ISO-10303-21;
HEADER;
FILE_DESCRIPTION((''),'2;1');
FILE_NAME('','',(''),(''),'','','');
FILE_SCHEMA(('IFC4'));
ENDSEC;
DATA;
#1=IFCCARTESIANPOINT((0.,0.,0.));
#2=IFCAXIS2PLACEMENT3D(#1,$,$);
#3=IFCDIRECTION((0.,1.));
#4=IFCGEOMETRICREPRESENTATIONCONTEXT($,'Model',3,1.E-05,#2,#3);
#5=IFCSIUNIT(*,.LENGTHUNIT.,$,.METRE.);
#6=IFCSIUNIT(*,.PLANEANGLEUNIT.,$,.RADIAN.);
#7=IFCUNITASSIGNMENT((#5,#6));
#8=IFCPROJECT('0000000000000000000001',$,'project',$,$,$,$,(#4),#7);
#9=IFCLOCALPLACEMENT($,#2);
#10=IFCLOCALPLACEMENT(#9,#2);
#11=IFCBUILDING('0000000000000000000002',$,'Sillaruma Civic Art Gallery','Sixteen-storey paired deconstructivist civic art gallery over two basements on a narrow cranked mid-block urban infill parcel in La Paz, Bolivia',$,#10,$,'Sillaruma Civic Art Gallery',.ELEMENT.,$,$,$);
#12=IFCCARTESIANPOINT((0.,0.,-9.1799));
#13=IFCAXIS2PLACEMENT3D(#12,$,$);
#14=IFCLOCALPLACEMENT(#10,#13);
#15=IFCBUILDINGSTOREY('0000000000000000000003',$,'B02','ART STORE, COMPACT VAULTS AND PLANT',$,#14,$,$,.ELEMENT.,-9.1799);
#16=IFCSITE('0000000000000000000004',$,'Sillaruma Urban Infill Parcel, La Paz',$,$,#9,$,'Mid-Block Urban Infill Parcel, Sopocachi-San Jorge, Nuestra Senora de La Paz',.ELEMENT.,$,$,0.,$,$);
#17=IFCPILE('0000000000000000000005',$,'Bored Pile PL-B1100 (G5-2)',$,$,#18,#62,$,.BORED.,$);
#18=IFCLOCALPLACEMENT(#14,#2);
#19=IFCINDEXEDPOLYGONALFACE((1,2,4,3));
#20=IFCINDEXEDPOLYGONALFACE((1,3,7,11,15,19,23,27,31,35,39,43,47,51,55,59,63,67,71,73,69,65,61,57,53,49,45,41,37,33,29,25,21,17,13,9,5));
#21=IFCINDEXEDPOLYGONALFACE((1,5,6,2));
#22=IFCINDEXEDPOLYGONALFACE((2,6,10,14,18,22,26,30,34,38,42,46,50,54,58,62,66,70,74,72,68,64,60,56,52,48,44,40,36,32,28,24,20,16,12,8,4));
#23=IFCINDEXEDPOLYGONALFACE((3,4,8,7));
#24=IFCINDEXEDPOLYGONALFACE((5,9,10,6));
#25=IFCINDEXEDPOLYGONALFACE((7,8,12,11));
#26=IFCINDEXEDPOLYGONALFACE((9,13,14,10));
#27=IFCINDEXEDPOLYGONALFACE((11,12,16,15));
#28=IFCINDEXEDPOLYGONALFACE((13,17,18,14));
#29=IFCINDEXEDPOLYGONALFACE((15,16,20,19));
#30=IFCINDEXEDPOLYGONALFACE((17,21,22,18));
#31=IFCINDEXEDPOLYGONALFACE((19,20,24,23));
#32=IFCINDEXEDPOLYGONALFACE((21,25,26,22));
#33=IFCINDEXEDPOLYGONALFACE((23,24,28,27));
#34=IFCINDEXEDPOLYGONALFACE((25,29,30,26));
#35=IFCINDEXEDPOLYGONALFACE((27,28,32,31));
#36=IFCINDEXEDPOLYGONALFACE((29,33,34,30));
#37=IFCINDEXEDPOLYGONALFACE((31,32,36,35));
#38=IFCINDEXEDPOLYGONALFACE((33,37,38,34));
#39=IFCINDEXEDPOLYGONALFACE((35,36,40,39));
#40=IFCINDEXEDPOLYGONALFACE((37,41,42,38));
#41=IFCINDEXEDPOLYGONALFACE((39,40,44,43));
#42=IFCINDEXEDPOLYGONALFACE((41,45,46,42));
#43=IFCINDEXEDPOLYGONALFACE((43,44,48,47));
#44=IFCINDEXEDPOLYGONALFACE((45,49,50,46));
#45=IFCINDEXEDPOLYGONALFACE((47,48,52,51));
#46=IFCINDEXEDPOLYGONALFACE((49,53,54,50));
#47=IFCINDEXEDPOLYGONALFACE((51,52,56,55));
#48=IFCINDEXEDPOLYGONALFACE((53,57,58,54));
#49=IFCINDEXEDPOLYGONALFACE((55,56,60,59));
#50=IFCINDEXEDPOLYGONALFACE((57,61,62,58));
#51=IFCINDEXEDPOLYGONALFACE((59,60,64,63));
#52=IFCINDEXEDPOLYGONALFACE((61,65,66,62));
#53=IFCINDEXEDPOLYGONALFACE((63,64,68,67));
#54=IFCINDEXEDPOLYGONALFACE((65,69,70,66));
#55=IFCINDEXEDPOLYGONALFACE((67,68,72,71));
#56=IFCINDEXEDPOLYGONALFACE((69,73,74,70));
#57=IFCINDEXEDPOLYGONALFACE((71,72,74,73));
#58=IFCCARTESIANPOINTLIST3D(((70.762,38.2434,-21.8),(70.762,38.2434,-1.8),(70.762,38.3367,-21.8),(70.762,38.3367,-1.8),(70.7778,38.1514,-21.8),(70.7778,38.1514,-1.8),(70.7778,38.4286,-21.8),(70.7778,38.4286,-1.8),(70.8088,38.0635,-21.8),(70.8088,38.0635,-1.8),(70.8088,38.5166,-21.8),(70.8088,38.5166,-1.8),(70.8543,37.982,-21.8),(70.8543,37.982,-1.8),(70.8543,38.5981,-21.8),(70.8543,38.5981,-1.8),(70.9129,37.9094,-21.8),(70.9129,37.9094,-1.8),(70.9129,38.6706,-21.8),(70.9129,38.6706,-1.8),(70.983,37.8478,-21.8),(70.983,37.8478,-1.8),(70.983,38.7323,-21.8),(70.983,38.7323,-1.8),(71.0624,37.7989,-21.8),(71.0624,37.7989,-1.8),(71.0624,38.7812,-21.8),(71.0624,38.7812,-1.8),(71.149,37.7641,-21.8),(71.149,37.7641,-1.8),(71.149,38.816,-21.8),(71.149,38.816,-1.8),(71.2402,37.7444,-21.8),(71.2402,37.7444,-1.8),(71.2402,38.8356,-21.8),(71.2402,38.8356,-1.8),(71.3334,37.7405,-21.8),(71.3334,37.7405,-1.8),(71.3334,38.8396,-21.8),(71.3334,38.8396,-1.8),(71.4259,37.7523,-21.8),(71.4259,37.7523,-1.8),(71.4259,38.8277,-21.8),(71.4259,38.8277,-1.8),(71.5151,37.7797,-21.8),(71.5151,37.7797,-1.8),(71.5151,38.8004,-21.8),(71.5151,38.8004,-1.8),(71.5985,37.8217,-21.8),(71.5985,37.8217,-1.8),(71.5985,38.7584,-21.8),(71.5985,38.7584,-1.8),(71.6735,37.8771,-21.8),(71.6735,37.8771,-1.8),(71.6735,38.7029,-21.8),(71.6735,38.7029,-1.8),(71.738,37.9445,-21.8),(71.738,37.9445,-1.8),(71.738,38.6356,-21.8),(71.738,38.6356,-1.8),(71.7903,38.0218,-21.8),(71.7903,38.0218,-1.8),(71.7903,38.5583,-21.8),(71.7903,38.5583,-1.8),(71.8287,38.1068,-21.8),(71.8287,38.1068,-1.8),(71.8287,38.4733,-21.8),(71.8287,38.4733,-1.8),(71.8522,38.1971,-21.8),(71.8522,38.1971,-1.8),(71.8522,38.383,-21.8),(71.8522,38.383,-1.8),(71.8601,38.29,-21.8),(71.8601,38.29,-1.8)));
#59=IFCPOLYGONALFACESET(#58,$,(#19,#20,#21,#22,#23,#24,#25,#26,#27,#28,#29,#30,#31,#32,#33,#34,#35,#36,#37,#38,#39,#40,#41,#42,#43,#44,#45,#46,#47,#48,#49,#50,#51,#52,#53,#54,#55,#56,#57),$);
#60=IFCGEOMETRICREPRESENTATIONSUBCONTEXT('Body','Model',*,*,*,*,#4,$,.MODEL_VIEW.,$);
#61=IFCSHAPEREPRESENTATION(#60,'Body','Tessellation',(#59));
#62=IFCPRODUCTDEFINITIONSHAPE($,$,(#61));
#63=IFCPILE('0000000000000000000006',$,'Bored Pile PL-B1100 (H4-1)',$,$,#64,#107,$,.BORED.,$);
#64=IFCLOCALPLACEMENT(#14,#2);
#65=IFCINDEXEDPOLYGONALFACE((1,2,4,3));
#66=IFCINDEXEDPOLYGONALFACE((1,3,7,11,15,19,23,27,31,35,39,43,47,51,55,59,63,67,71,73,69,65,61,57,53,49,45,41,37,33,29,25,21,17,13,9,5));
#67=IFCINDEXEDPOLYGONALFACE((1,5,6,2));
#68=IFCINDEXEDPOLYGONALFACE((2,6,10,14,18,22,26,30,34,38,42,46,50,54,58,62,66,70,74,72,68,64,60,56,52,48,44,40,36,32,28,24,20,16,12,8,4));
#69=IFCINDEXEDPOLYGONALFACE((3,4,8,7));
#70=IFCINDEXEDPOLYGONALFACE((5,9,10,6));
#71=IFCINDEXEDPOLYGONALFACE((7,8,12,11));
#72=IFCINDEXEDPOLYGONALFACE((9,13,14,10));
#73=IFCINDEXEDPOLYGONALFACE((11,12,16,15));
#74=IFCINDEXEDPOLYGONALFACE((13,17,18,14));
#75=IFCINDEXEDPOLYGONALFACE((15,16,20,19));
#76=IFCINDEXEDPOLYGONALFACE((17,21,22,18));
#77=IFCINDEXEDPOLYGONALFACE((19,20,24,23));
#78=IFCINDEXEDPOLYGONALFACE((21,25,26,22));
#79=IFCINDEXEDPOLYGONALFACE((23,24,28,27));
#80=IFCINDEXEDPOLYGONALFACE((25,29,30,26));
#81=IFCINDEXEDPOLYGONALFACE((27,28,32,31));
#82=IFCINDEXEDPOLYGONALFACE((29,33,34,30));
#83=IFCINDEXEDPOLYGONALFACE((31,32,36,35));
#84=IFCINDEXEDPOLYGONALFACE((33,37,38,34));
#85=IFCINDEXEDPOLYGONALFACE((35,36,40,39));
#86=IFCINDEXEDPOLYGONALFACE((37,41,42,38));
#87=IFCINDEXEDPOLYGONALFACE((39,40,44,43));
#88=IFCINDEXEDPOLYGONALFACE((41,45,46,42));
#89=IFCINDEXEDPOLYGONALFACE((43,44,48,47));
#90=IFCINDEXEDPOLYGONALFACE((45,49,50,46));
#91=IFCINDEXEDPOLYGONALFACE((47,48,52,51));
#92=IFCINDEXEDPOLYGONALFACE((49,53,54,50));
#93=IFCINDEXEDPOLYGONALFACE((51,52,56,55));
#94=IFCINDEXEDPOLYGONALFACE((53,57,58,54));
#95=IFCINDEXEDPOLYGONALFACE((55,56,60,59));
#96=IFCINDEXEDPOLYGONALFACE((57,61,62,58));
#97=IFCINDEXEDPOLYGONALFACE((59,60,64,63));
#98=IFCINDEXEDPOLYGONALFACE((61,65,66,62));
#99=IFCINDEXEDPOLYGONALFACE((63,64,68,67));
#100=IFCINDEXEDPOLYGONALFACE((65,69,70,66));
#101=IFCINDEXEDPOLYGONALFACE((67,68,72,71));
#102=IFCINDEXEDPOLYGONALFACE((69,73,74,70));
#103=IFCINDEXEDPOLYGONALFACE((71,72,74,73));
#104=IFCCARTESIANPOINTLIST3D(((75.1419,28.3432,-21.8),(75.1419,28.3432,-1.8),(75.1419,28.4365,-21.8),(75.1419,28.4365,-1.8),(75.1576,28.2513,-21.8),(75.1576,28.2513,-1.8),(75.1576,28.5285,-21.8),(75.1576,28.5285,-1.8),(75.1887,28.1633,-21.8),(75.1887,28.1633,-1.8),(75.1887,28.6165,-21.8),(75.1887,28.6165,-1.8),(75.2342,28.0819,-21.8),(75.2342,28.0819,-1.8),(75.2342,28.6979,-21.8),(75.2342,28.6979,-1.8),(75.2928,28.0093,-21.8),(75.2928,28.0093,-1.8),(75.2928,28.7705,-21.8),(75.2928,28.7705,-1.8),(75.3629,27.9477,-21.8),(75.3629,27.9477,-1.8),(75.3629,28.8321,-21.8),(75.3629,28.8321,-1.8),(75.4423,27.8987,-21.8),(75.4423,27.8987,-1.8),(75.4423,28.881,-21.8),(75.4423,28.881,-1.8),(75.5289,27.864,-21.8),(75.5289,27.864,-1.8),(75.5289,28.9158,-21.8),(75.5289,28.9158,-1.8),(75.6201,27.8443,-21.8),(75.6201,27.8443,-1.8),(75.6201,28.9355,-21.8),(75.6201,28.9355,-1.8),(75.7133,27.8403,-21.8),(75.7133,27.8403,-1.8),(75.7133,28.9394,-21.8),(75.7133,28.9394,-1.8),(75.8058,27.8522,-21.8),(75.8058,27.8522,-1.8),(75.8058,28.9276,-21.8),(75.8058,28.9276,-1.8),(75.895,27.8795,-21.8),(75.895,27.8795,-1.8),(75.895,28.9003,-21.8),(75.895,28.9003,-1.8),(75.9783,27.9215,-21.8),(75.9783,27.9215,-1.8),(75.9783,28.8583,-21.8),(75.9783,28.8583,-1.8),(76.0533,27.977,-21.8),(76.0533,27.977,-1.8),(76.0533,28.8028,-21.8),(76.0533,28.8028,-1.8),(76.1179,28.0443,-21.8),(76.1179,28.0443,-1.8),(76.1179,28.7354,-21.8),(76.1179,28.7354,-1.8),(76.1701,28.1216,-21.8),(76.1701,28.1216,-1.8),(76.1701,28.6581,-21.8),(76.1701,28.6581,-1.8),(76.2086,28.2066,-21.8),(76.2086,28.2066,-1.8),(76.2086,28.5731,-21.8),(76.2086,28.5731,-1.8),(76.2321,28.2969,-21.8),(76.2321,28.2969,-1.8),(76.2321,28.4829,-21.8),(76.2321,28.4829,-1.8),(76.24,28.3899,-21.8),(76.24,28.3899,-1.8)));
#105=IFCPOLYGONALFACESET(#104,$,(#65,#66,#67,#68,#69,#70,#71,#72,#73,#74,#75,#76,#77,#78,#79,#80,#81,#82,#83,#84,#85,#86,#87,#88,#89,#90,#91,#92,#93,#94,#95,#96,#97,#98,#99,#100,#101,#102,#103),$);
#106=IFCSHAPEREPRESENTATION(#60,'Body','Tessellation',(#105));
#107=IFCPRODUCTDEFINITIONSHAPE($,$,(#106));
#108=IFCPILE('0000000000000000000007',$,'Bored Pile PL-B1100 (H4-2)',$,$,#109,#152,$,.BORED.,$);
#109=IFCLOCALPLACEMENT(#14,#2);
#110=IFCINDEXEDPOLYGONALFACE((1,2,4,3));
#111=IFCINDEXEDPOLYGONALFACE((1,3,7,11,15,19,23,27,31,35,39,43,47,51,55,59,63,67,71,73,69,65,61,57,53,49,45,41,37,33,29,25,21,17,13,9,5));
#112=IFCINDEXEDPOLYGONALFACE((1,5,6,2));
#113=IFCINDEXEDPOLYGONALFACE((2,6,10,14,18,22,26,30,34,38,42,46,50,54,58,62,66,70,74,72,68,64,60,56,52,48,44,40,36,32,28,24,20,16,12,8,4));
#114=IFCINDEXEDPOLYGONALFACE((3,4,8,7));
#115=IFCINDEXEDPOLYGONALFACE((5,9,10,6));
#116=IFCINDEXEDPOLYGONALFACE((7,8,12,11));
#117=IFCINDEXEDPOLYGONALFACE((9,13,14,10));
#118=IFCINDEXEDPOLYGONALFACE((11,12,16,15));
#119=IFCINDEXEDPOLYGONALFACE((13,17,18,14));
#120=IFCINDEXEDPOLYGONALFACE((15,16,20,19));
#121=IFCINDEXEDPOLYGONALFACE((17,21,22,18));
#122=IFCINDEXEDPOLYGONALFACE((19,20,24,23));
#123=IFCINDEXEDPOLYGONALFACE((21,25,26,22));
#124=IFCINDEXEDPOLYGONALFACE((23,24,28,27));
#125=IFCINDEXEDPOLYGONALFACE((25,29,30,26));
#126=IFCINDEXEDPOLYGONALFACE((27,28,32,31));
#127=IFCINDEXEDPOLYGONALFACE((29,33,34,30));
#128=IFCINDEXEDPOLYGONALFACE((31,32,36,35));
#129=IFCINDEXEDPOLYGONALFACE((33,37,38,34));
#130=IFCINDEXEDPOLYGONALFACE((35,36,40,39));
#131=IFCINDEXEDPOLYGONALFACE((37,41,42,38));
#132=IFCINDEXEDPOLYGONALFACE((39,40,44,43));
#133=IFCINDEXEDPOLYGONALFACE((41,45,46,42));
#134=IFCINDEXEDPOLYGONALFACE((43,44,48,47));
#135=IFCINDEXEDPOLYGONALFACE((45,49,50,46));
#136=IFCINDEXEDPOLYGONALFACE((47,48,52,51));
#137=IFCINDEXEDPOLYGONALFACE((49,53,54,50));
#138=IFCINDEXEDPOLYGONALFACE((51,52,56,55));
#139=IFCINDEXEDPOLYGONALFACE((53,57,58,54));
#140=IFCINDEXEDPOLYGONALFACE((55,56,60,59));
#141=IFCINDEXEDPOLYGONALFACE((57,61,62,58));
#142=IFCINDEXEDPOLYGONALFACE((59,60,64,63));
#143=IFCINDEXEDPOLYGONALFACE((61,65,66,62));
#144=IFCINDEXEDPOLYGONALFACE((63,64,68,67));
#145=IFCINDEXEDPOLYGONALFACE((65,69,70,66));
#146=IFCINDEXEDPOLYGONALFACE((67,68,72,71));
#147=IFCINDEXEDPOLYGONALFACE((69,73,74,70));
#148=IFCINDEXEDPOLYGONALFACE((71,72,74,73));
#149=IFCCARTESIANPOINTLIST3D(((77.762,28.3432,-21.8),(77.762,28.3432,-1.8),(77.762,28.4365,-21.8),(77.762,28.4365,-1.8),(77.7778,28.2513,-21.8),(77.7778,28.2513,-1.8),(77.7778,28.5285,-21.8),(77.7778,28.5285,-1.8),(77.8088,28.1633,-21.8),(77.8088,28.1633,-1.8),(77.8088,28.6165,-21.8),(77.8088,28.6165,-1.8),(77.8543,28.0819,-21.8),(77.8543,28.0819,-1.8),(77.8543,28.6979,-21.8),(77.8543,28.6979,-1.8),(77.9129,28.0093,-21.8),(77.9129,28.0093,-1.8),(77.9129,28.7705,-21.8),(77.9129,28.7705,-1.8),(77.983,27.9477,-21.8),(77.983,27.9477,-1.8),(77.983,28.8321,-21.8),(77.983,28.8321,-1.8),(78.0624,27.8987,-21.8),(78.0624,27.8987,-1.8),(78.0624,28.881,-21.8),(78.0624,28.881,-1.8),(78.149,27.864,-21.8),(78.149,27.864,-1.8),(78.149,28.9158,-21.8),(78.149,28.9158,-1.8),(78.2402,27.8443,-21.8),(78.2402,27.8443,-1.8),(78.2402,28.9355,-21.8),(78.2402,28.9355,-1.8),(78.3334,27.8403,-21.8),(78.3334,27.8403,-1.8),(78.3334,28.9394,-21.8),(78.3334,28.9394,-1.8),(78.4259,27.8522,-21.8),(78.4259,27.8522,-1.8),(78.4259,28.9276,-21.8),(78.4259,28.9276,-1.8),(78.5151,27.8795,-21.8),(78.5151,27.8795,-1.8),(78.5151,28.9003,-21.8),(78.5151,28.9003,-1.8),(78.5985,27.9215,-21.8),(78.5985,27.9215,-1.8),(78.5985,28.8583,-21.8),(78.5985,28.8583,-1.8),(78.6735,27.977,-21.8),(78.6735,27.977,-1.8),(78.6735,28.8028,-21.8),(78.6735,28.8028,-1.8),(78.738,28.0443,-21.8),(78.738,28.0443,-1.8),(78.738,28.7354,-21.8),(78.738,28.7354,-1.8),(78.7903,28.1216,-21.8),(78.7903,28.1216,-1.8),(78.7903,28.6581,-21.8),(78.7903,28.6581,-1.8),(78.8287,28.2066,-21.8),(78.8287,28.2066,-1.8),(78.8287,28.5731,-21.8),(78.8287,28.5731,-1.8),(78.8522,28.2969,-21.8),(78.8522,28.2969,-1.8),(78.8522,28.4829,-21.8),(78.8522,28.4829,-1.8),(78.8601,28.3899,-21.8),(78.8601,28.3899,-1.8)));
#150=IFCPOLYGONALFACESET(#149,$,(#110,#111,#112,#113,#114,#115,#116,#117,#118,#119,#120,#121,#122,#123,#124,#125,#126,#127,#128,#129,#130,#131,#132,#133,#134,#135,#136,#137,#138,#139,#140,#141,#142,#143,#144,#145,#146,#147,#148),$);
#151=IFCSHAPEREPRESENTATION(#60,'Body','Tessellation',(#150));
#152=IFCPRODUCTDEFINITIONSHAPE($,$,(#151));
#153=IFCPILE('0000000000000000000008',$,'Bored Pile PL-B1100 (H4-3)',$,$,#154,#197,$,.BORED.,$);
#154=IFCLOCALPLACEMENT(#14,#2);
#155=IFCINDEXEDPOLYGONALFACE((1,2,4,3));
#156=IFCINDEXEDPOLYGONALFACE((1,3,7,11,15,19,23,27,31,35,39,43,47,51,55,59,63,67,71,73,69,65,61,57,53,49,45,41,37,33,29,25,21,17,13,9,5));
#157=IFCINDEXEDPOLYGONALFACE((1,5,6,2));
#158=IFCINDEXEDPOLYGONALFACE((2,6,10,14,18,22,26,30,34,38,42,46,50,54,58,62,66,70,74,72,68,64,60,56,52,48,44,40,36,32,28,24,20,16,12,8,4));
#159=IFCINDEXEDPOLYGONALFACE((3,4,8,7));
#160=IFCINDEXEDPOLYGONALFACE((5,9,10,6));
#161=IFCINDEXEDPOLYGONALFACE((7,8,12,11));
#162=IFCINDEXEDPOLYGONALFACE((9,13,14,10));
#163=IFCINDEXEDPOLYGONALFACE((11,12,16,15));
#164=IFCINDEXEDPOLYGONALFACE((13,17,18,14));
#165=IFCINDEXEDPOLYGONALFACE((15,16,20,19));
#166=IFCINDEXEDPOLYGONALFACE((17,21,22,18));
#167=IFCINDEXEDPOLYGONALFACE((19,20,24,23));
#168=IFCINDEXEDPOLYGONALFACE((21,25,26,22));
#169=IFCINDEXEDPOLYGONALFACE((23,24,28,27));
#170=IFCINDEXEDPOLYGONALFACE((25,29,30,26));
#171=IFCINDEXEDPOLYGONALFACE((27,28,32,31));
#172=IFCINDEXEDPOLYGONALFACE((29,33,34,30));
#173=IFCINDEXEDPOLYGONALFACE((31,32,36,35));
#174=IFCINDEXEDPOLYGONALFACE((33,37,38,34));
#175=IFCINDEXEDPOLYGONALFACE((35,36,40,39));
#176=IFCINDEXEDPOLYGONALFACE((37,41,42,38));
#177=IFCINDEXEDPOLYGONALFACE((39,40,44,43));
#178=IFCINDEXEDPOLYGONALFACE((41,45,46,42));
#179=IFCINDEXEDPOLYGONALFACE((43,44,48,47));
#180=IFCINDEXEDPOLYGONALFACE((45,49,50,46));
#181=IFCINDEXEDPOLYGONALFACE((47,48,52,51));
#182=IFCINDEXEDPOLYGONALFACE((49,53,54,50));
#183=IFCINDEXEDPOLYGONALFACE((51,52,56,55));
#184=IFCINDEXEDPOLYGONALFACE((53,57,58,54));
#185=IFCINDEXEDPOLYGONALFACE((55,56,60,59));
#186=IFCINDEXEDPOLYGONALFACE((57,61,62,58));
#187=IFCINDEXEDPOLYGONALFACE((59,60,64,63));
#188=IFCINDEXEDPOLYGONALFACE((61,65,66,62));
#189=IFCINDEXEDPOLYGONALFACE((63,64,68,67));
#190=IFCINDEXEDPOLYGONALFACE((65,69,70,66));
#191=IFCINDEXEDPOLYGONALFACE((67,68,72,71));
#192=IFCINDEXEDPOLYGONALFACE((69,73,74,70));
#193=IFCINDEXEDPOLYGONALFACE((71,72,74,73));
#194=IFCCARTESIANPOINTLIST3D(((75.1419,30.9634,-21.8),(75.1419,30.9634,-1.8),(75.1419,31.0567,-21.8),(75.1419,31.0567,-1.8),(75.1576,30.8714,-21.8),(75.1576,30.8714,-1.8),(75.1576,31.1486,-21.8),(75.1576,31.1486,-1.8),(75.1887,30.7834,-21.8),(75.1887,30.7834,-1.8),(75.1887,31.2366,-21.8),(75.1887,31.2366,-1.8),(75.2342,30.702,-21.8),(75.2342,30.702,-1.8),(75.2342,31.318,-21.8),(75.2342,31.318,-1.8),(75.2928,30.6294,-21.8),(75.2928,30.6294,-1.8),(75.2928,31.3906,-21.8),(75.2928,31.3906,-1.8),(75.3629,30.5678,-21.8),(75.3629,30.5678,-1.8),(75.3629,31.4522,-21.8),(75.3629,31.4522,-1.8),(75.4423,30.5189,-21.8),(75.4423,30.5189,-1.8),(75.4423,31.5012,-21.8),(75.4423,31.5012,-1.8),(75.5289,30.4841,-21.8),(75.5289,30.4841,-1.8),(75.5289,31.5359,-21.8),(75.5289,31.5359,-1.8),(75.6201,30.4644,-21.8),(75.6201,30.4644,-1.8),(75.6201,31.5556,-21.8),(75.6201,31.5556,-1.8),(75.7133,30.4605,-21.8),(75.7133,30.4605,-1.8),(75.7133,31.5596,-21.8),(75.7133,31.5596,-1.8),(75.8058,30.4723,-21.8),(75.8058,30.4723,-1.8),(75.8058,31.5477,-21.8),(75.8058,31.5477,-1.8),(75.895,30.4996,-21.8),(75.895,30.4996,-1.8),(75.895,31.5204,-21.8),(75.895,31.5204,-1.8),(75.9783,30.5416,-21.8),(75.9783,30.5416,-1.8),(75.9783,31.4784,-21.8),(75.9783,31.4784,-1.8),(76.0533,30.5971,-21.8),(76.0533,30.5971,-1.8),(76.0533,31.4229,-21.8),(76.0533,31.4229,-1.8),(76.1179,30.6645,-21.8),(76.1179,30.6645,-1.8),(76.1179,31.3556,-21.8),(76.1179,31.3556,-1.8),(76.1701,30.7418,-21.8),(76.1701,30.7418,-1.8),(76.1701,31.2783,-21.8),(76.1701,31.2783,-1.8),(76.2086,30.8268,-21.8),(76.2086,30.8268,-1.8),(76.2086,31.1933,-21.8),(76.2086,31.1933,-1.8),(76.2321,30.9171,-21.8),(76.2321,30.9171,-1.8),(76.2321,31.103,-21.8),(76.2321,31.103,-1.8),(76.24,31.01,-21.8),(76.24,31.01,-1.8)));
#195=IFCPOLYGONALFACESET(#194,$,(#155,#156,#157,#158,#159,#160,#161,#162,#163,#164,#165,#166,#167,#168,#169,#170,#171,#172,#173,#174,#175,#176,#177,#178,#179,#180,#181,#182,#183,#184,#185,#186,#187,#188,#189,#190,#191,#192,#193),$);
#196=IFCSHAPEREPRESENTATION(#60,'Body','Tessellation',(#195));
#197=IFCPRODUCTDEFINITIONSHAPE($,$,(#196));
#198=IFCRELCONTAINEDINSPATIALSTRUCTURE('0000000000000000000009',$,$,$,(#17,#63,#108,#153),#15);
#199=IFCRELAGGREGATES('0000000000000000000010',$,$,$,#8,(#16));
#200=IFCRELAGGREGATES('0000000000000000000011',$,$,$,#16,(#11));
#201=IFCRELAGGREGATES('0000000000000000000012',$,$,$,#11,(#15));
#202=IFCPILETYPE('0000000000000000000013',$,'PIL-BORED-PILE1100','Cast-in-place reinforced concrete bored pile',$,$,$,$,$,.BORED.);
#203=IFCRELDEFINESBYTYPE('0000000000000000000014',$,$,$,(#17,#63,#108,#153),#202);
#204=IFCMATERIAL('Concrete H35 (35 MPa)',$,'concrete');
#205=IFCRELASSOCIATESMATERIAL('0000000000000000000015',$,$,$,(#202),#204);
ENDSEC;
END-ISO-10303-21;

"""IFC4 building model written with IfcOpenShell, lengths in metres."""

from ifc_helpers import new_model, si_unit, direction, frame, origin, origin_2d, place, context, subcontext, project, spatial, circle, extrude, material, material_profile, profile_set, type_object, element, save


model = new_model("IFC4")

# Units and contexts
model_context = context("Model", 3, precision=1e-05, world=origin(), true_north=direction((0.0, 1.0)))
body_context = subcontext(model_context, "Body", "Model", "MODEL_VIEW")
ifc_project = project(units=[si_unit("LENGTHUNIT", "METRE"), si_unit("PLANEANGLEUNIT", "RADIAN")], contexts=[model_context])

# Site, building, storey
site_placement = place(None, origin())
site = spatial("IfcSite", under=ifc_project, at=site_placement, Name="Sillaruma Urban Infill Parcel, La Paz", LongName="Mid-Block Urban Infill Parcel, Sopocachi-San Jorge, Nuestra Senora de La Paz", CompositionType="ELEMENT", RefElevation=0.0)
building_placement = place(site_placement, origin())
building = spatial("IfcBuilding", under=site, at=building_placement, Name="Sillaruma Civic Art Gallery", Description="Sixteen-storey paired deconstructivist civic art gallery over two basements on a narrow cranked mid-block urban infill parcel in La Paz, Bolivia", LongName="Sillaruma Civic Art Gallery", CompositionType="ELEMENT")
storey_placement = place(building_placement, frame((0.0, 0.0, -9.1799)))
storey = spatial("IfcBuildingStorey", under=building, at=storey_placement, Name="B02", Description="ART STORE, COMPACT VAULTS AND PLANT", CompositionType="ELEMENT", Elevation=-9.1799)

# Shared definitions
ifc_material_1 = material(Name="Concrete H35 (35 MPa)", Category="concrete")

# Piles
ifc_material_profile_1 = material_profile(ifc_material_1, circle(Radius=0.55, at=origin_2d()), Name="PILE1100")
ifc_profile_set_1 = profile_set([ifc_material_profile_1], Name="Concrete H35 (35 MPa)")
pile_type_1 = type_object("IfcPileType", Name="PIL-BORED-PILE1100", Description="Cast-in-place reinforced concrete bored pile", PredefinedType="BORED", material=ifc_profile_set_1)
for number, where, z_axis, x_axis, name in (
    (1, (71.3101, 38.29, -1.8), (0.0, 0.0, -1.0), (1.0, 0.0, 0.0), "Bored Pile PL-B1100 (G5-2)"),
    (2, (75.6899, 28.3899, -1.8), (0.0, 0.0, -1.0), (1.0, 0.0, 0.0), "Bored Pile PL-B1100 (H4-1)"),
    (3, (78.3101, 28.3899, -1.8), (0.0, 0.0, -1.0), (1.0, 0.0, 0.0), "Bored Pile PL-B1100 (H4-2)"),
    (4, (75.6899, 31.01, -1.8), (0.0, 0.0, -1.0), (1.0, 0.0, 0.0), "Bored Pile PL-B1100 (H4-3)"),
):
    element("IfcPile", number, at=place(storey_placement, frame(where, z_axis=z_axis, x_axis=x_axis)), inside=storey, type_object=pile_type_1, Name=name, PredefinedType="BORED", context=body_context, shape_type="SweptSolid", body=[
        extrude(circle(Radius=0.55, at=origin_2d()), origin(), (0.0, 0.0, 1.0), 20.0),
    ])

save(model, "model.ifc")
